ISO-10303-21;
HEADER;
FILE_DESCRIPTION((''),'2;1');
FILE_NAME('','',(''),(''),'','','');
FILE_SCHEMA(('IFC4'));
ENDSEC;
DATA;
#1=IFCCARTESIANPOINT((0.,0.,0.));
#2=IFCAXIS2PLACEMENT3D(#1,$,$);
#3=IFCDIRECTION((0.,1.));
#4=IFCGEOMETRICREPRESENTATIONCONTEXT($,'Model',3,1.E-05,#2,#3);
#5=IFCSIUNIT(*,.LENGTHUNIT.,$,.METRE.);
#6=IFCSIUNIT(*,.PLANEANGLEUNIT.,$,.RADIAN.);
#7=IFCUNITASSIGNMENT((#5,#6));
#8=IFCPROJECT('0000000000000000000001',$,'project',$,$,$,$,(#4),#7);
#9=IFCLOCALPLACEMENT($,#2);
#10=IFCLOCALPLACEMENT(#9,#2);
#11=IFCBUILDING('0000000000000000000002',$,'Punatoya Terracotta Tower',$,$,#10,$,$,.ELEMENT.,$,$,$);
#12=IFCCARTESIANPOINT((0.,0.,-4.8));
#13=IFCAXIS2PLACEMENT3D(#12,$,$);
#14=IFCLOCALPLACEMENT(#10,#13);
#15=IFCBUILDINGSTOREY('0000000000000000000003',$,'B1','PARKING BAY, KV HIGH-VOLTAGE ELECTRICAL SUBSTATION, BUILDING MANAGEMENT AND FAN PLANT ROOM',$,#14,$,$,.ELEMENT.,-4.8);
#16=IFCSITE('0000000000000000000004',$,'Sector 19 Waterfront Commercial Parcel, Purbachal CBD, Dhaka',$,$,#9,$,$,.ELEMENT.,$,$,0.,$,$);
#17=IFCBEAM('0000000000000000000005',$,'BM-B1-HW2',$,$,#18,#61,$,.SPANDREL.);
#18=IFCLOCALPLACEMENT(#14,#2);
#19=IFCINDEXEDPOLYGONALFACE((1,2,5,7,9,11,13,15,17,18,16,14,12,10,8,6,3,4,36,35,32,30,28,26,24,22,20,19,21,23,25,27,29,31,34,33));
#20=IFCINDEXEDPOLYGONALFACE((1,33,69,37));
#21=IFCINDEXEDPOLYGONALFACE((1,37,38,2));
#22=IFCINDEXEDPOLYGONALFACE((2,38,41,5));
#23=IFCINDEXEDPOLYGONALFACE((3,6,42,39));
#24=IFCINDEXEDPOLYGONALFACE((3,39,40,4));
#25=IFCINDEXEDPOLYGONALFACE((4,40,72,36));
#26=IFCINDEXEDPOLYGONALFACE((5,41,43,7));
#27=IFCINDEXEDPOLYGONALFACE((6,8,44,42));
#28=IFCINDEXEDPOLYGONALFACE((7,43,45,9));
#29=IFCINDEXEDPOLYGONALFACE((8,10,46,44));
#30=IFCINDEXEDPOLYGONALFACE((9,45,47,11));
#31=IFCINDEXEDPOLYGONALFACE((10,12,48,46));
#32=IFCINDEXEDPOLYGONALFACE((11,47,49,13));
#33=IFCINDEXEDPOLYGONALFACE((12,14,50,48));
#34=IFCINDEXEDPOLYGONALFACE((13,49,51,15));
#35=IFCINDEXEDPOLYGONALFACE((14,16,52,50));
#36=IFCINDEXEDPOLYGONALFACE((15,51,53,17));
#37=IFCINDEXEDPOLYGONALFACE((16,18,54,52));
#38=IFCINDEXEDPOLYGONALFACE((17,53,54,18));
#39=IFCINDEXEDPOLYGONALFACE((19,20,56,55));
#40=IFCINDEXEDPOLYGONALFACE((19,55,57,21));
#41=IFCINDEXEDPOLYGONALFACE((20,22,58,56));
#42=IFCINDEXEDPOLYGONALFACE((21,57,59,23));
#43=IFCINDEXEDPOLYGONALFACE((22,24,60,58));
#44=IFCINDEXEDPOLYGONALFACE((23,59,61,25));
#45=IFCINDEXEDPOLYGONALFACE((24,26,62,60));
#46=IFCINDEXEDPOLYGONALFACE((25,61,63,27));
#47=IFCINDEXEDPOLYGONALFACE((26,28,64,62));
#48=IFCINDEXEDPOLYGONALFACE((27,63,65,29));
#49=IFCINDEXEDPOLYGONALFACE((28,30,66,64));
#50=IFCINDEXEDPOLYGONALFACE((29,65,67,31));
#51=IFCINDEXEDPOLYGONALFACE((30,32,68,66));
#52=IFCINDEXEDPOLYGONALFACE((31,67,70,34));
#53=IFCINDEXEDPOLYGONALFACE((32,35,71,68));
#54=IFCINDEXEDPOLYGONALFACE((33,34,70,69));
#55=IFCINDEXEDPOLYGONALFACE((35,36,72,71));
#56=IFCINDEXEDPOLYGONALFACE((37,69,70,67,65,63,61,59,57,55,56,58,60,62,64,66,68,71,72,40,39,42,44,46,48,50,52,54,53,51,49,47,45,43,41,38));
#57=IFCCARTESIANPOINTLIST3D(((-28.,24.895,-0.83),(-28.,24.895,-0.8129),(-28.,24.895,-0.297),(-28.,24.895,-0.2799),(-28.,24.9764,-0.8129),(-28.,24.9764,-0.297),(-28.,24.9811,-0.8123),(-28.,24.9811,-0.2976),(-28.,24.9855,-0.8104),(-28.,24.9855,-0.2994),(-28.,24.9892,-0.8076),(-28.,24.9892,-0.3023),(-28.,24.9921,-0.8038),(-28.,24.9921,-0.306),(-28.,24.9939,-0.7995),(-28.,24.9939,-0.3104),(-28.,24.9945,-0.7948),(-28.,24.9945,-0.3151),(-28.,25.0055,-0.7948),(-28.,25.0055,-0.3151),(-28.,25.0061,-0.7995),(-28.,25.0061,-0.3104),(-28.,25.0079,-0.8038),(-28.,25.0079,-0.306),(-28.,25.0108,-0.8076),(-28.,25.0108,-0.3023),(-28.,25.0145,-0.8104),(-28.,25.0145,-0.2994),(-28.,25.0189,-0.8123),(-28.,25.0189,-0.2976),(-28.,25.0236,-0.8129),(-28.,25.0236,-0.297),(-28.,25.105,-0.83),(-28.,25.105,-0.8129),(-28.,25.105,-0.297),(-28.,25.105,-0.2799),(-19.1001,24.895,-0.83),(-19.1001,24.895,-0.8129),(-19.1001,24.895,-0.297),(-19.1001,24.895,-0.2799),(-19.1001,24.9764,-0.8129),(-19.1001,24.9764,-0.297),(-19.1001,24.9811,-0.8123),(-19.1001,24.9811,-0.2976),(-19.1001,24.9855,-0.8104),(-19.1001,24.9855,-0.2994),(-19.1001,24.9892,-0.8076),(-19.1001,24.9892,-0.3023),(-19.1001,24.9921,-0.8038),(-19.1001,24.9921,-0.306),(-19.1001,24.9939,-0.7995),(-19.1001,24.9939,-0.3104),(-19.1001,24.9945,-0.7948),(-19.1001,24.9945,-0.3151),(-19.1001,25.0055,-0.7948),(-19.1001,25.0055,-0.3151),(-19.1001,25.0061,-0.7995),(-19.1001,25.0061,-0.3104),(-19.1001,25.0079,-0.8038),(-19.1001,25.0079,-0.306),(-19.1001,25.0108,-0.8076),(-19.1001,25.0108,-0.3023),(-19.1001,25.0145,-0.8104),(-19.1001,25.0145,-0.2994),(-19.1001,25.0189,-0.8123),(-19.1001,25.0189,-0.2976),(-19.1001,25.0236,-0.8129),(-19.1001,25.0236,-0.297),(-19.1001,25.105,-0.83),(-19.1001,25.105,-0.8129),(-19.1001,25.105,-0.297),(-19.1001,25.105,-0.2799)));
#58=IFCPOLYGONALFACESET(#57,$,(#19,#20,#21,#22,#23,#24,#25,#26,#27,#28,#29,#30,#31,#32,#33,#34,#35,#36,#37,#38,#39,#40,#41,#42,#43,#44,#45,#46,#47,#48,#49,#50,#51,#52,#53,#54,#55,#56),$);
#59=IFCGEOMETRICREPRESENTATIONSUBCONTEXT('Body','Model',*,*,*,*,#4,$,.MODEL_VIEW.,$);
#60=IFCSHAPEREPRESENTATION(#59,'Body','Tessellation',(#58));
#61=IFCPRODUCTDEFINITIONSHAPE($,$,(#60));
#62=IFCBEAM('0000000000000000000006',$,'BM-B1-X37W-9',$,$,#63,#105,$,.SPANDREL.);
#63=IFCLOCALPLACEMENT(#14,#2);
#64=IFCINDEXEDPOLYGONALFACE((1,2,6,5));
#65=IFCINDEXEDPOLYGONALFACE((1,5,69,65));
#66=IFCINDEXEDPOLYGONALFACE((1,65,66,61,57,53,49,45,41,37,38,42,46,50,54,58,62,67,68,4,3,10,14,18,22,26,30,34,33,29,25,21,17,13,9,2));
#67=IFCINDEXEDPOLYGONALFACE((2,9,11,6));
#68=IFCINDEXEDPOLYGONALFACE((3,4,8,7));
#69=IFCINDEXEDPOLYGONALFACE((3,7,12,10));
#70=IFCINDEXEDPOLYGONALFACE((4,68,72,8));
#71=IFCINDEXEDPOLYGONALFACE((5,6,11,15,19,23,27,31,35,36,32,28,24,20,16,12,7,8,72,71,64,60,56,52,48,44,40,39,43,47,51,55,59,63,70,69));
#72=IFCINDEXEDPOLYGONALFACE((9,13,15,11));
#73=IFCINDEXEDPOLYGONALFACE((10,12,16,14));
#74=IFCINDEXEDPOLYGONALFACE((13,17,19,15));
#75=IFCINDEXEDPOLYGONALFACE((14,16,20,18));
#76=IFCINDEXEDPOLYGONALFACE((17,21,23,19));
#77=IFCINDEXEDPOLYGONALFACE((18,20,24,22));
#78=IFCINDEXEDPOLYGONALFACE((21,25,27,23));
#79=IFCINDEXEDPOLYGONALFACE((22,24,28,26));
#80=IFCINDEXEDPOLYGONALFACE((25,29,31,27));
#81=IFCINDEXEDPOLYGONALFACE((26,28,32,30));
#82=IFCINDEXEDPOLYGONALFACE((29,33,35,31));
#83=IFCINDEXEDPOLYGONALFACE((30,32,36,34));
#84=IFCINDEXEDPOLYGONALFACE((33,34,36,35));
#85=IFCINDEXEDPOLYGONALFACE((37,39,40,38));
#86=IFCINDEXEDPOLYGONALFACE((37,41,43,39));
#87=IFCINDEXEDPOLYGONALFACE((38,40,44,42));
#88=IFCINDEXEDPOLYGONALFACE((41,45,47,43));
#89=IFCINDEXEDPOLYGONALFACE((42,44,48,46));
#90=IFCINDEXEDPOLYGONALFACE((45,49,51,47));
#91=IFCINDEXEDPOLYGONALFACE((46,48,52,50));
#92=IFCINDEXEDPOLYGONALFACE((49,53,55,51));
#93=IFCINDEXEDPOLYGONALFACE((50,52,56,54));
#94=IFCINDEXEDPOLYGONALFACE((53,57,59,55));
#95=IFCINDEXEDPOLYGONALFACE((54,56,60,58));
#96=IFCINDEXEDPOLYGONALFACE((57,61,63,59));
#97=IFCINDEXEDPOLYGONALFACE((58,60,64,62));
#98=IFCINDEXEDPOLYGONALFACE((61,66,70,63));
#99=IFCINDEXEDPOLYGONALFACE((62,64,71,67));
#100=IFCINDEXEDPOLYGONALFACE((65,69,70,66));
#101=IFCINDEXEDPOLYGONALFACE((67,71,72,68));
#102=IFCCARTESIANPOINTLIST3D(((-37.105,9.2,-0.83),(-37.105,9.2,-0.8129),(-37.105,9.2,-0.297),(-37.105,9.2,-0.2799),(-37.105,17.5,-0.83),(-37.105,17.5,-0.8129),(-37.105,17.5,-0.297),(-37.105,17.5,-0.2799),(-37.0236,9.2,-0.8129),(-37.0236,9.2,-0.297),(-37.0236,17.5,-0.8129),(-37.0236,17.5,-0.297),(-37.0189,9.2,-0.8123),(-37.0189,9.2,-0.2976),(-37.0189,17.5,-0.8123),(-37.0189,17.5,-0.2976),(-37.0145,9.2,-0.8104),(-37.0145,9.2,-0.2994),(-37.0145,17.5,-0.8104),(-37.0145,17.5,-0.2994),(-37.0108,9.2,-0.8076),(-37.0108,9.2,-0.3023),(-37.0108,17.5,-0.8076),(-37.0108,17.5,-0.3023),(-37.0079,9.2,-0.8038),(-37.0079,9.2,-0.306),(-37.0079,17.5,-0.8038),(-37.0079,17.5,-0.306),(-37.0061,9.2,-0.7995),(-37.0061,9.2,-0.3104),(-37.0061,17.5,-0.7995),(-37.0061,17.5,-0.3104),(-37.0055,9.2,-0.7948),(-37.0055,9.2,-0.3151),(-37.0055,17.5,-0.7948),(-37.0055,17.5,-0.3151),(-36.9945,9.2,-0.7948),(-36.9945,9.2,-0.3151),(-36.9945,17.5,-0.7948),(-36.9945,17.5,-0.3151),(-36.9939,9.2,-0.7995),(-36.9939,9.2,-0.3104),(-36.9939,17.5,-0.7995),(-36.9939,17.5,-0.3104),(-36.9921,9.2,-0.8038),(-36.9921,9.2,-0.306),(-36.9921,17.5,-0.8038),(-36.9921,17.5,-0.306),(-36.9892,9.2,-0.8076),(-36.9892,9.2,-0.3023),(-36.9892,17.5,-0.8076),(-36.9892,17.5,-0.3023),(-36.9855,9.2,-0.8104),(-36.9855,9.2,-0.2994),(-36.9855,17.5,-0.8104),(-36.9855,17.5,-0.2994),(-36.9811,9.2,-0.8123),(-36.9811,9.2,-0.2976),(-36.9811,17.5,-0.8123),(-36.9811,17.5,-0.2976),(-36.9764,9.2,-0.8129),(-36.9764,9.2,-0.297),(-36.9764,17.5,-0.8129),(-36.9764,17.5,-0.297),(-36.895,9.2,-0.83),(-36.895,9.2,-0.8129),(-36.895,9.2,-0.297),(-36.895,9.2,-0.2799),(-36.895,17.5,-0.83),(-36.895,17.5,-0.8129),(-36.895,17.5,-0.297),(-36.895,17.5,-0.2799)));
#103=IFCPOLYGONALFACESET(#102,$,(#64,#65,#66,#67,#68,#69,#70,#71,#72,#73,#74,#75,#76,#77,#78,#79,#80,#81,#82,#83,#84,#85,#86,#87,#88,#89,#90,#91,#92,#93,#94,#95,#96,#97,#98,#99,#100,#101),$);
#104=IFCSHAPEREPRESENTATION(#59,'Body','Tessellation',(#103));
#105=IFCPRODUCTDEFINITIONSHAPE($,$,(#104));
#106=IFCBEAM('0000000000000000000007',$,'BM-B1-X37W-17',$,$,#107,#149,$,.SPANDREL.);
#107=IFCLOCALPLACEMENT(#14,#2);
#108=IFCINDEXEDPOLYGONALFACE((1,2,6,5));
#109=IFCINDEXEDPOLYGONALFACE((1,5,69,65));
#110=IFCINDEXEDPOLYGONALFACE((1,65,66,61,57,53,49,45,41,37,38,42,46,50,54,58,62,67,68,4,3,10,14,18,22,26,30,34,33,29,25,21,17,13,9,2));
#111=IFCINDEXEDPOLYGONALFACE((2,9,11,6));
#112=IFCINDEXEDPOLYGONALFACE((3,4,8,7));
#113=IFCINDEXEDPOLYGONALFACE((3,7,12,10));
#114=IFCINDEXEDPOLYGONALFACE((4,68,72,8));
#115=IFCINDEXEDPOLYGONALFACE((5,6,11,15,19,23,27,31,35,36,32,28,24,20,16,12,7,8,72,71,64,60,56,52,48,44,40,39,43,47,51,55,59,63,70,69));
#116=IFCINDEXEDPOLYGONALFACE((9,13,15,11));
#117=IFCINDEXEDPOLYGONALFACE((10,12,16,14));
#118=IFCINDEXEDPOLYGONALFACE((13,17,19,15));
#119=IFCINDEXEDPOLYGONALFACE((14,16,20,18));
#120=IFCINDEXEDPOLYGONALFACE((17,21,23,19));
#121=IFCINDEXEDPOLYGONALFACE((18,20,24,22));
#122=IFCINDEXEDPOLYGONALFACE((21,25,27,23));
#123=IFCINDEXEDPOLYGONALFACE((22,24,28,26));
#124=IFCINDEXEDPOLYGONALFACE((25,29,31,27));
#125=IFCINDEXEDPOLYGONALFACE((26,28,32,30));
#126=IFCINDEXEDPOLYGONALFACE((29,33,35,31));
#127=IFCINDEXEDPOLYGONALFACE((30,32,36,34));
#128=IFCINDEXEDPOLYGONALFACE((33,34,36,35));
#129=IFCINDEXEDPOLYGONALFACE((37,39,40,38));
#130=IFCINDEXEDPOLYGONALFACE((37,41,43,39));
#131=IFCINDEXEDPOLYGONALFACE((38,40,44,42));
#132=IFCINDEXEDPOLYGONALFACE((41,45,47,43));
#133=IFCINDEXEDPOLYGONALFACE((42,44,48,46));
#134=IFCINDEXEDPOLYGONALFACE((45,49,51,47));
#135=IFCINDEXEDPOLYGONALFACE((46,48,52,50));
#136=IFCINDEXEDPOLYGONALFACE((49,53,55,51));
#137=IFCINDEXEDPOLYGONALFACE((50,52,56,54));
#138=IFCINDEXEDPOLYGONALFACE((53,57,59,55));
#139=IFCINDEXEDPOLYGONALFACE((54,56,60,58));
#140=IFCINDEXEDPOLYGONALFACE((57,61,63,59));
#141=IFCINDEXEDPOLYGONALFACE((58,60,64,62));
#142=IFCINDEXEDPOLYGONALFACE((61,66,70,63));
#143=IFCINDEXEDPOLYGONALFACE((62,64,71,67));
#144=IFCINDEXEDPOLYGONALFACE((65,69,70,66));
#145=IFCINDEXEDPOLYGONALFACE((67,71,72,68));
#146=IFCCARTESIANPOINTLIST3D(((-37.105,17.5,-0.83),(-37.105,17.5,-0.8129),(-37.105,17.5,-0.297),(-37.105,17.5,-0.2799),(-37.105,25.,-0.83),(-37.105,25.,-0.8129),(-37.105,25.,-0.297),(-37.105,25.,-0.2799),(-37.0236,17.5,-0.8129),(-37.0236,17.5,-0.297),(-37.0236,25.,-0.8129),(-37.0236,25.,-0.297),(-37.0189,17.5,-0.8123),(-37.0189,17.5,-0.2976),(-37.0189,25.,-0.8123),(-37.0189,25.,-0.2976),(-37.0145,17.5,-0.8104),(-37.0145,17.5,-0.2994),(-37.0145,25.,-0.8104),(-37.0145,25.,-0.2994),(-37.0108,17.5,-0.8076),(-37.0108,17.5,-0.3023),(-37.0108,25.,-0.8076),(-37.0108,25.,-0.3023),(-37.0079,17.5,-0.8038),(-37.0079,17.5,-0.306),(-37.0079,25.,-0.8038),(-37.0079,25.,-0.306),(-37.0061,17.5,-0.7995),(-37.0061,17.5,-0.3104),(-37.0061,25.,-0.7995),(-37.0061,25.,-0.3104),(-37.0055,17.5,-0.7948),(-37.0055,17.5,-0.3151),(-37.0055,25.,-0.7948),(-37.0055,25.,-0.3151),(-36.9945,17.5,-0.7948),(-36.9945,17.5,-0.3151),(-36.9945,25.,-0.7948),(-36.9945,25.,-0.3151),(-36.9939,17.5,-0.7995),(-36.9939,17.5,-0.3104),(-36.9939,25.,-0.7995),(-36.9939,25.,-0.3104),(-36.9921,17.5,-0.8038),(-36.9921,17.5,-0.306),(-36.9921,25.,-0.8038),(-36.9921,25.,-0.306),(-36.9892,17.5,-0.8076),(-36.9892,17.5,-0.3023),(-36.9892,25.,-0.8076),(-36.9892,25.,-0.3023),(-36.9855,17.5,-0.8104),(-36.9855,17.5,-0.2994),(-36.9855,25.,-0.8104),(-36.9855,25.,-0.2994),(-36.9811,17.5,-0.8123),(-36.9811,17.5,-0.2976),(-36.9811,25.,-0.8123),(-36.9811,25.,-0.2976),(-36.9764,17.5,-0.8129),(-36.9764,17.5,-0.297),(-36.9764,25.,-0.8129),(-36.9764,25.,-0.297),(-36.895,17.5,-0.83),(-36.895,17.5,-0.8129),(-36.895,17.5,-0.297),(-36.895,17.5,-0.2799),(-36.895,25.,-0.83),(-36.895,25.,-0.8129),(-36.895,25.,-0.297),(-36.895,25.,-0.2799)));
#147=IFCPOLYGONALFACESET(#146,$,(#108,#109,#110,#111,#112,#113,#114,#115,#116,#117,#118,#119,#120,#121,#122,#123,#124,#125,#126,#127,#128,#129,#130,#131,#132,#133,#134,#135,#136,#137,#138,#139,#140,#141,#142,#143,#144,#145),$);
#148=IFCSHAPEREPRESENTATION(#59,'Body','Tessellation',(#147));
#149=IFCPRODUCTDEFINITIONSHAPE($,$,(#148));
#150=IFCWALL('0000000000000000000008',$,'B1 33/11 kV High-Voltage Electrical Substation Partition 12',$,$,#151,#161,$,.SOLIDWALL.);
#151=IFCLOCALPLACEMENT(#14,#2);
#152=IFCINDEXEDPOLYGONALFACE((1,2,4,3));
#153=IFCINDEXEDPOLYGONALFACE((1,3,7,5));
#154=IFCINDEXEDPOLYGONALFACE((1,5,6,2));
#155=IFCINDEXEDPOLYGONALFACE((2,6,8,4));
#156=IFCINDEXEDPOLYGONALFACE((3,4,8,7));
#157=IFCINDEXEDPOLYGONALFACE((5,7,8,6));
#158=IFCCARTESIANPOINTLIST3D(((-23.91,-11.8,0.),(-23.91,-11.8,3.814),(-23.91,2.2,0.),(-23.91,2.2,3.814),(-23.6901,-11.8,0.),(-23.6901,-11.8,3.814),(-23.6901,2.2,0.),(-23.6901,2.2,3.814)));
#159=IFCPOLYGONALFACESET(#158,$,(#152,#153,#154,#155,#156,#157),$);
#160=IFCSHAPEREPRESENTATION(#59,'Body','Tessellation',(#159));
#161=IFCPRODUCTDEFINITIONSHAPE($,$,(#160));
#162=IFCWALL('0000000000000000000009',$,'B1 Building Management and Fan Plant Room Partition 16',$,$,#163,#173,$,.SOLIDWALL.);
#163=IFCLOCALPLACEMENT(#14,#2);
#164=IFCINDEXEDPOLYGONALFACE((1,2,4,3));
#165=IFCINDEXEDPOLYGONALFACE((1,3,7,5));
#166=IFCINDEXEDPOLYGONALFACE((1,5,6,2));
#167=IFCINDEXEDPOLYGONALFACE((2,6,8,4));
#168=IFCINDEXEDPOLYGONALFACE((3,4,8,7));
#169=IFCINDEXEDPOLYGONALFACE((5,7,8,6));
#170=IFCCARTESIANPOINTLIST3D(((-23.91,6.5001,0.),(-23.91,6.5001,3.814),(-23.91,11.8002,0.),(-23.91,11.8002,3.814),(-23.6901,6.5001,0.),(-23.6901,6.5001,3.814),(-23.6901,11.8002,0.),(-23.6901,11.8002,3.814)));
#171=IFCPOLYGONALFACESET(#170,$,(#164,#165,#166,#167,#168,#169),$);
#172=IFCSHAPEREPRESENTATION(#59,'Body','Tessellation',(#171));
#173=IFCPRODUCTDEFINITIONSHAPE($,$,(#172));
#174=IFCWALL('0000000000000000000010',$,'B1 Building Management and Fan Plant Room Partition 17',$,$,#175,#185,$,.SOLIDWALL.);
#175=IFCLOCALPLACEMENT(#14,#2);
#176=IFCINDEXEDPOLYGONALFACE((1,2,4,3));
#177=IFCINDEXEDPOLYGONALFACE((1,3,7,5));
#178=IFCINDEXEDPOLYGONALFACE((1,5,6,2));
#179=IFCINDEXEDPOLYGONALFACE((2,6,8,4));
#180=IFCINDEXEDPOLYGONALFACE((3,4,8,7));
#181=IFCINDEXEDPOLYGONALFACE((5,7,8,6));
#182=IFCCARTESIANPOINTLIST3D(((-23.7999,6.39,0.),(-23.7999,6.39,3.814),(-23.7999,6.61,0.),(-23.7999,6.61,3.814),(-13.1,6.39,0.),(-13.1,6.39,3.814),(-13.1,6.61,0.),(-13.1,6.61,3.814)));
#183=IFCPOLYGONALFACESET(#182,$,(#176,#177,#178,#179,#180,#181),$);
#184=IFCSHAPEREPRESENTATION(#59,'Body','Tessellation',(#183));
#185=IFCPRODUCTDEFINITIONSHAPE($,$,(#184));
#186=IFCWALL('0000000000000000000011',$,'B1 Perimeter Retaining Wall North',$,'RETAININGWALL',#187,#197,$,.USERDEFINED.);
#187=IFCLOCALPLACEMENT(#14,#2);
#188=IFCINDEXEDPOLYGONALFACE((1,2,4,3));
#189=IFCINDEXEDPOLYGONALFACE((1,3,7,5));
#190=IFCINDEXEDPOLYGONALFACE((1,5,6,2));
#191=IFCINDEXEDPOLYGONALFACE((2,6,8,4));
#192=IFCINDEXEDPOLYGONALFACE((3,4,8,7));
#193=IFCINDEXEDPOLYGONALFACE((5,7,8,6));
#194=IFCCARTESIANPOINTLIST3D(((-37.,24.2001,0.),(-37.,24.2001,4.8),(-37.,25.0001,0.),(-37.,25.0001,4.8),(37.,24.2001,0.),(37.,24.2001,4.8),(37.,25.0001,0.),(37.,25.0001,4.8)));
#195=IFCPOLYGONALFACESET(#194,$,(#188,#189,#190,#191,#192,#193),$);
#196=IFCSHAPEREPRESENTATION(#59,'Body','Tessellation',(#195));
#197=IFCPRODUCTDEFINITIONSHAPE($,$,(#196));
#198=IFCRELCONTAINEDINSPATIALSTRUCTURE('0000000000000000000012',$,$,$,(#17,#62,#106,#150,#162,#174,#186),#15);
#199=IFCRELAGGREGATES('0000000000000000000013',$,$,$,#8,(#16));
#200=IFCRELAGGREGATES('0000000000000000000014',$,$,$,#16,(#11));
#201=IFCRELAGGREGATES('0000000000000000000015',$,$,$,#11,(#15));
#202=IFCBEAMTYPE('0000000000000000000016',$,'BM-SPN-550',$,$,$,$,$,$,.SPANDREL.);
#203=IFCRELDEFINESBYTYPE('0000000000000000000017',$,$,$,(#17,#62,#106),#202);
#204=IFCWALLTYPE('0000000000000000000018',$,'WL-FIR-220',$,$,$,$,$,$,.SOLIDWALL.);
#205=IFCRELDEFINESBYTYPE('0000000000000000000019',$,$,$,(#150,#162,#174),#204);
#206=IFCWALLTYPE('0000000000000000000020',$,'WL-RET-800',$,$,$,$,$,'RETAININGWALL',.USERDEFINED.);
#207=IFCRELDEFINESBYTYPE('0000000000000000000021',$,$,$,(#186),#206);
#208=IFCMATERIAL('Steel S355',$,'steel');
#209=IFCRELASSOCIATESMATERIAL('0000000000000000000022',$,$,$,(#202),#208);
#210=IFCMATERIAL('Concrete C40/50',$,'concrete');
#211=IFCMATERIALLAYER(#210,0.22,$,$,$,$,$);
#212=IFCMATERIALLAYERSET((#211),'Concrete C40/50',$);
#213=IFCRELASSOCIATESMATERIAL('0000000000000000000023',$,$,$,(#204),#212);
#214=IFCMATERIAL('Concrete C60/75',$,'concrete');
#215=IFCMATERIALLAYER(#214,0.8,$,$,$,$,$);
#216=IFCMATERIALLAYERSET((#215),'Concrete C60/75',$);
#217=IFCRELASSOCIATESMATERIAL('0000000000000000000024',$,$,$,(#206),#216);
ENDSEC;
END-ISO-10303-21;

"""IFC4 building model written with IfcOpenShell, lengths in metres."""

from ifc_helpers import new_model, si_unit, direction, frame, frame_2d, origin, origin_2d, place, context, subcontext, project, spatial, rectangle, i_section, extrude, material, layer, layer_set, material_profile, profile_set, type_object, element, save


model = new_model("IFC4")

# Units and contexts
model_context = context("Model", 3, precision=1e-05, world=origin(), true_north=direction((0.0, 1.0)))
body_context = subcontext(model_context, "Body", "Model", "MODEL_VIEW")
ifc_project = project(units=[si_unit("LENGTHUNIT", "METRE"), si_unit("PLANEANGLEUNIT", "RADIAN")], contexts=[model_context])

# Site, building, storey
site_placement = place(None, origin())
site = spatial("IfcSite", under=ifc_project, at=site_placement, Name="Sector 19 Waterfront Commercial Parcel, Purbachal CBD, Dhaka", CompositionType="ELEMENT", RefElevation=0.0)
building_placement = place(site_placement, origin())
building = spatial("IfcBuilding", under=site, at=building_placement, Name="Punatoya Terracotta Tower", CompositionType="ELEMENT")
storey_placement = place(building_placement, frame((0.0, 0.0, -4.8)))
storey = spatial("IfcBuildingStorey", under=building, at=storey_placement, Name="B1", Description="PARKING BAY, KV HIGH-VOLTAGE ELECTRICAL SUBSTATION, BUILDING MANAGEMENT AND FAN PLANT ROOM", CompositionType="ELEMENT", Elevation=-4.8)

# Shared definitions
ifc_material_1 = material(Name="Concrete C60/75", Category="concrete")

# Beams
ifc_material_2 = material(Name="Steel S355", Category="steel")
ifc_material_profile_1 = material_profile(ifc_material_2, i_section(OverallWidth=0.21, OverallDepth=0.55, WebThickness=0.011, FlangeThickness=0.0171, FilletRadius=0.0181, at=origin_2d()))
ifc_profile_set_1 = profile_set([ifc_material_profile_1], Name="Steel S355")
beam_type_1 = type_object("IfcBeamType", Name="BM-SPN-550", PredefinedType="SPANDREL", material=ifc_profile_set_1)
beam_1_placement = place(storey_placement, frame((-28.0, 25.0, -0.5549), z_axis=(1.0, 0.0, 0.0), x_axis=(0.0, 1.0, 0.0)))
element("IfcBeam", 1, at=beam_1_placement, inside=storey, type_object=beam_type_1, Name="BM-B1-HW2", PredefinedType="SPANDREL", context=body_context, shape_type="SweptSolid", body=[
    extrude(i_section(OverallWidth=0.21, OverallDepth=0.55, WebThickness=0.011, FlangeThickness=0.0171, FilletRadius=0.0181, at=origin_2d()), origin(), (0.0, 0.0, 1.0), 8.8999),
])
beam_2_placement = place(storey_placement, frame((-37.0, 9.2, -0.5549), z_axis=(0.0, 1.0, 0.0), x_axis=(-1.0, 0.0, 0.0)))
element("IfcBeam", 2, at=beam_2_placement, inside=storey, type_object=beam_type_1, Name="BM-B1-X37W-9", PredefinedType="SPANDREL", context=body_context, shape_type="SweptSolid", body=[
    extrude(i_section(OverallWidth=0.21, OverallDepth=0.55, WebThickness=0.011, FlangeThickness=0.0171, FilletRadius=0.0181, at=origin_2d()), origin(), (0.0, 0.0, 1.0), 8.3),
])
beam_3_placement = place(storey_placement, frame((-37.0, 17.5, -0.5549), z_axis=(0.0, 1.0, 0.0), x_axis=(-1.0, 0.0, 0.0)))
element("IfcBeam", 3, at=beam_3_placement, inside=storey, type_object=beam_type_1, Name="BM-B1-X37W-17", PredefinedType="SPANDREL", context=body_context, shape_type="SweptSolid", body=[
    extrude(i_section(OverallWidth=0.21, OverallDepth=0.55, WebThickness=0.011, FlangeThickness=0.0171, FilletRadius=0.0181, at=origin_2d()), origin(), (0.0, 0.0, 1.0), 7.5),
])

# Walls
ifc_material_3 = material(Name="Concrete C40/50", Category="concrete")
ifc_layer_1 = layer(ifc_material_3, 0.22)
ifc_layer_set_1 = layer_set([ifc_layer_1], Name="Concrete C40/50")
wall_type_1 = type_object("IfcWallType", Name="WL-FIR-220", PredefinedType="SOLIDWALL", material=ifc_layer_set_1)
wall_1_placement = place(storey_placement, frame((-23.8, 2.2, 0.0), z_axis=(0.0, 0.0, 1.0), x_axis=(0.0, -1.0, 0.0)))
element("IfcWall", 4, at=wall_1_placement, inside=storey, type_object=wall_type_1, Name="B1 33/11 kV High-Voltage Electrical Substation Partition 12", PredefinedType="SOLIDWALL", context=body_context, shape_type="SweptSolid", body=[
    extrude(rectangle(XDim=14.0, YDim=0.22, at=frame_2d((7.0, 0.0))), origin(), (0.0, 0.0, 1.0), 3.814),
])
wall_2_placement = place(storey_placement, frame((-23.8, 11.8, 0.0), z_axis=(0.0, 0.0, 1.0), x_axis=(0.0, -1.0, 0.0)))
element("IfcWall", 5, at=wall_2_placement, inside=storey, type_object=wall_type_1, Name="B1 Building Management and Fan Plant Room Partition 16", PredefinedType="SOLIDWALL", context=body_context, shape_type="SweptSolid", body=[
    extrude(rectangle(XDim=5.3, YDim=0.22, at=frame_2d((2.6499, 0.0))), origin(), (0.0, 0.0, 1.0), 3.814),
])
wall_3_placement = place(storey_placement, frame((-23.8, 6.5, 0.0), z_axis=(0.0, 0.0, 1.0), x_axis=(1.0, 0.0, 0.0)))
element("IfcWall", 6, at=wall_3_placement, inside=storey, type_object=wall_type_1, Name="B1 Building Management and Fan Plant Room Partition 17", PredefinedType="SOLIDWALL", context=body_context, shape_type="SweptSolid", body=[
    extrude(rectangle(XDim=10.7, YDim=0.22, at=frame_2d((5.3501, 0.0))), origin(), (0.0, 0.0, 1.0), 3.814),
])
ifc_layer_2 = layer(ifc_material_1, 0.8)
ifc_layer_set_2 = layer_set([ifc_layer_2], Name="Concrete C60/75")
wall_type_2 = type_object("IfcWallType", Name="WL-RET-800", ElementType="RETAININGWALL", PredefinedType="USERDEFINED", material=ifc_layer_set_2)
wall_4_placement = place(storey_placement, frame((-37.0, 24.6001, 0.0), z_axis=(0.0, 0.0, 1.0), x_axis=(1.0, 0.0, 0.0)))
element("IfcWall", 7, at=wall_4_placement, inside=storey, type_object=wall_type_2, Name="B1 Perimeter Retaining Wall North", ObjectType="RETAININGWALL", PredefinedType="USERDEFINED", context=body_context, shape_type="SweptSolid", body=[
    extrude(rectangle(XDim=74.0, YDim=0.8, at=frame_2d((37.0, 0.0))), origin(), (0.0, 0.0, 1.0), 4.8),
])

save(model, "model.ifc")
